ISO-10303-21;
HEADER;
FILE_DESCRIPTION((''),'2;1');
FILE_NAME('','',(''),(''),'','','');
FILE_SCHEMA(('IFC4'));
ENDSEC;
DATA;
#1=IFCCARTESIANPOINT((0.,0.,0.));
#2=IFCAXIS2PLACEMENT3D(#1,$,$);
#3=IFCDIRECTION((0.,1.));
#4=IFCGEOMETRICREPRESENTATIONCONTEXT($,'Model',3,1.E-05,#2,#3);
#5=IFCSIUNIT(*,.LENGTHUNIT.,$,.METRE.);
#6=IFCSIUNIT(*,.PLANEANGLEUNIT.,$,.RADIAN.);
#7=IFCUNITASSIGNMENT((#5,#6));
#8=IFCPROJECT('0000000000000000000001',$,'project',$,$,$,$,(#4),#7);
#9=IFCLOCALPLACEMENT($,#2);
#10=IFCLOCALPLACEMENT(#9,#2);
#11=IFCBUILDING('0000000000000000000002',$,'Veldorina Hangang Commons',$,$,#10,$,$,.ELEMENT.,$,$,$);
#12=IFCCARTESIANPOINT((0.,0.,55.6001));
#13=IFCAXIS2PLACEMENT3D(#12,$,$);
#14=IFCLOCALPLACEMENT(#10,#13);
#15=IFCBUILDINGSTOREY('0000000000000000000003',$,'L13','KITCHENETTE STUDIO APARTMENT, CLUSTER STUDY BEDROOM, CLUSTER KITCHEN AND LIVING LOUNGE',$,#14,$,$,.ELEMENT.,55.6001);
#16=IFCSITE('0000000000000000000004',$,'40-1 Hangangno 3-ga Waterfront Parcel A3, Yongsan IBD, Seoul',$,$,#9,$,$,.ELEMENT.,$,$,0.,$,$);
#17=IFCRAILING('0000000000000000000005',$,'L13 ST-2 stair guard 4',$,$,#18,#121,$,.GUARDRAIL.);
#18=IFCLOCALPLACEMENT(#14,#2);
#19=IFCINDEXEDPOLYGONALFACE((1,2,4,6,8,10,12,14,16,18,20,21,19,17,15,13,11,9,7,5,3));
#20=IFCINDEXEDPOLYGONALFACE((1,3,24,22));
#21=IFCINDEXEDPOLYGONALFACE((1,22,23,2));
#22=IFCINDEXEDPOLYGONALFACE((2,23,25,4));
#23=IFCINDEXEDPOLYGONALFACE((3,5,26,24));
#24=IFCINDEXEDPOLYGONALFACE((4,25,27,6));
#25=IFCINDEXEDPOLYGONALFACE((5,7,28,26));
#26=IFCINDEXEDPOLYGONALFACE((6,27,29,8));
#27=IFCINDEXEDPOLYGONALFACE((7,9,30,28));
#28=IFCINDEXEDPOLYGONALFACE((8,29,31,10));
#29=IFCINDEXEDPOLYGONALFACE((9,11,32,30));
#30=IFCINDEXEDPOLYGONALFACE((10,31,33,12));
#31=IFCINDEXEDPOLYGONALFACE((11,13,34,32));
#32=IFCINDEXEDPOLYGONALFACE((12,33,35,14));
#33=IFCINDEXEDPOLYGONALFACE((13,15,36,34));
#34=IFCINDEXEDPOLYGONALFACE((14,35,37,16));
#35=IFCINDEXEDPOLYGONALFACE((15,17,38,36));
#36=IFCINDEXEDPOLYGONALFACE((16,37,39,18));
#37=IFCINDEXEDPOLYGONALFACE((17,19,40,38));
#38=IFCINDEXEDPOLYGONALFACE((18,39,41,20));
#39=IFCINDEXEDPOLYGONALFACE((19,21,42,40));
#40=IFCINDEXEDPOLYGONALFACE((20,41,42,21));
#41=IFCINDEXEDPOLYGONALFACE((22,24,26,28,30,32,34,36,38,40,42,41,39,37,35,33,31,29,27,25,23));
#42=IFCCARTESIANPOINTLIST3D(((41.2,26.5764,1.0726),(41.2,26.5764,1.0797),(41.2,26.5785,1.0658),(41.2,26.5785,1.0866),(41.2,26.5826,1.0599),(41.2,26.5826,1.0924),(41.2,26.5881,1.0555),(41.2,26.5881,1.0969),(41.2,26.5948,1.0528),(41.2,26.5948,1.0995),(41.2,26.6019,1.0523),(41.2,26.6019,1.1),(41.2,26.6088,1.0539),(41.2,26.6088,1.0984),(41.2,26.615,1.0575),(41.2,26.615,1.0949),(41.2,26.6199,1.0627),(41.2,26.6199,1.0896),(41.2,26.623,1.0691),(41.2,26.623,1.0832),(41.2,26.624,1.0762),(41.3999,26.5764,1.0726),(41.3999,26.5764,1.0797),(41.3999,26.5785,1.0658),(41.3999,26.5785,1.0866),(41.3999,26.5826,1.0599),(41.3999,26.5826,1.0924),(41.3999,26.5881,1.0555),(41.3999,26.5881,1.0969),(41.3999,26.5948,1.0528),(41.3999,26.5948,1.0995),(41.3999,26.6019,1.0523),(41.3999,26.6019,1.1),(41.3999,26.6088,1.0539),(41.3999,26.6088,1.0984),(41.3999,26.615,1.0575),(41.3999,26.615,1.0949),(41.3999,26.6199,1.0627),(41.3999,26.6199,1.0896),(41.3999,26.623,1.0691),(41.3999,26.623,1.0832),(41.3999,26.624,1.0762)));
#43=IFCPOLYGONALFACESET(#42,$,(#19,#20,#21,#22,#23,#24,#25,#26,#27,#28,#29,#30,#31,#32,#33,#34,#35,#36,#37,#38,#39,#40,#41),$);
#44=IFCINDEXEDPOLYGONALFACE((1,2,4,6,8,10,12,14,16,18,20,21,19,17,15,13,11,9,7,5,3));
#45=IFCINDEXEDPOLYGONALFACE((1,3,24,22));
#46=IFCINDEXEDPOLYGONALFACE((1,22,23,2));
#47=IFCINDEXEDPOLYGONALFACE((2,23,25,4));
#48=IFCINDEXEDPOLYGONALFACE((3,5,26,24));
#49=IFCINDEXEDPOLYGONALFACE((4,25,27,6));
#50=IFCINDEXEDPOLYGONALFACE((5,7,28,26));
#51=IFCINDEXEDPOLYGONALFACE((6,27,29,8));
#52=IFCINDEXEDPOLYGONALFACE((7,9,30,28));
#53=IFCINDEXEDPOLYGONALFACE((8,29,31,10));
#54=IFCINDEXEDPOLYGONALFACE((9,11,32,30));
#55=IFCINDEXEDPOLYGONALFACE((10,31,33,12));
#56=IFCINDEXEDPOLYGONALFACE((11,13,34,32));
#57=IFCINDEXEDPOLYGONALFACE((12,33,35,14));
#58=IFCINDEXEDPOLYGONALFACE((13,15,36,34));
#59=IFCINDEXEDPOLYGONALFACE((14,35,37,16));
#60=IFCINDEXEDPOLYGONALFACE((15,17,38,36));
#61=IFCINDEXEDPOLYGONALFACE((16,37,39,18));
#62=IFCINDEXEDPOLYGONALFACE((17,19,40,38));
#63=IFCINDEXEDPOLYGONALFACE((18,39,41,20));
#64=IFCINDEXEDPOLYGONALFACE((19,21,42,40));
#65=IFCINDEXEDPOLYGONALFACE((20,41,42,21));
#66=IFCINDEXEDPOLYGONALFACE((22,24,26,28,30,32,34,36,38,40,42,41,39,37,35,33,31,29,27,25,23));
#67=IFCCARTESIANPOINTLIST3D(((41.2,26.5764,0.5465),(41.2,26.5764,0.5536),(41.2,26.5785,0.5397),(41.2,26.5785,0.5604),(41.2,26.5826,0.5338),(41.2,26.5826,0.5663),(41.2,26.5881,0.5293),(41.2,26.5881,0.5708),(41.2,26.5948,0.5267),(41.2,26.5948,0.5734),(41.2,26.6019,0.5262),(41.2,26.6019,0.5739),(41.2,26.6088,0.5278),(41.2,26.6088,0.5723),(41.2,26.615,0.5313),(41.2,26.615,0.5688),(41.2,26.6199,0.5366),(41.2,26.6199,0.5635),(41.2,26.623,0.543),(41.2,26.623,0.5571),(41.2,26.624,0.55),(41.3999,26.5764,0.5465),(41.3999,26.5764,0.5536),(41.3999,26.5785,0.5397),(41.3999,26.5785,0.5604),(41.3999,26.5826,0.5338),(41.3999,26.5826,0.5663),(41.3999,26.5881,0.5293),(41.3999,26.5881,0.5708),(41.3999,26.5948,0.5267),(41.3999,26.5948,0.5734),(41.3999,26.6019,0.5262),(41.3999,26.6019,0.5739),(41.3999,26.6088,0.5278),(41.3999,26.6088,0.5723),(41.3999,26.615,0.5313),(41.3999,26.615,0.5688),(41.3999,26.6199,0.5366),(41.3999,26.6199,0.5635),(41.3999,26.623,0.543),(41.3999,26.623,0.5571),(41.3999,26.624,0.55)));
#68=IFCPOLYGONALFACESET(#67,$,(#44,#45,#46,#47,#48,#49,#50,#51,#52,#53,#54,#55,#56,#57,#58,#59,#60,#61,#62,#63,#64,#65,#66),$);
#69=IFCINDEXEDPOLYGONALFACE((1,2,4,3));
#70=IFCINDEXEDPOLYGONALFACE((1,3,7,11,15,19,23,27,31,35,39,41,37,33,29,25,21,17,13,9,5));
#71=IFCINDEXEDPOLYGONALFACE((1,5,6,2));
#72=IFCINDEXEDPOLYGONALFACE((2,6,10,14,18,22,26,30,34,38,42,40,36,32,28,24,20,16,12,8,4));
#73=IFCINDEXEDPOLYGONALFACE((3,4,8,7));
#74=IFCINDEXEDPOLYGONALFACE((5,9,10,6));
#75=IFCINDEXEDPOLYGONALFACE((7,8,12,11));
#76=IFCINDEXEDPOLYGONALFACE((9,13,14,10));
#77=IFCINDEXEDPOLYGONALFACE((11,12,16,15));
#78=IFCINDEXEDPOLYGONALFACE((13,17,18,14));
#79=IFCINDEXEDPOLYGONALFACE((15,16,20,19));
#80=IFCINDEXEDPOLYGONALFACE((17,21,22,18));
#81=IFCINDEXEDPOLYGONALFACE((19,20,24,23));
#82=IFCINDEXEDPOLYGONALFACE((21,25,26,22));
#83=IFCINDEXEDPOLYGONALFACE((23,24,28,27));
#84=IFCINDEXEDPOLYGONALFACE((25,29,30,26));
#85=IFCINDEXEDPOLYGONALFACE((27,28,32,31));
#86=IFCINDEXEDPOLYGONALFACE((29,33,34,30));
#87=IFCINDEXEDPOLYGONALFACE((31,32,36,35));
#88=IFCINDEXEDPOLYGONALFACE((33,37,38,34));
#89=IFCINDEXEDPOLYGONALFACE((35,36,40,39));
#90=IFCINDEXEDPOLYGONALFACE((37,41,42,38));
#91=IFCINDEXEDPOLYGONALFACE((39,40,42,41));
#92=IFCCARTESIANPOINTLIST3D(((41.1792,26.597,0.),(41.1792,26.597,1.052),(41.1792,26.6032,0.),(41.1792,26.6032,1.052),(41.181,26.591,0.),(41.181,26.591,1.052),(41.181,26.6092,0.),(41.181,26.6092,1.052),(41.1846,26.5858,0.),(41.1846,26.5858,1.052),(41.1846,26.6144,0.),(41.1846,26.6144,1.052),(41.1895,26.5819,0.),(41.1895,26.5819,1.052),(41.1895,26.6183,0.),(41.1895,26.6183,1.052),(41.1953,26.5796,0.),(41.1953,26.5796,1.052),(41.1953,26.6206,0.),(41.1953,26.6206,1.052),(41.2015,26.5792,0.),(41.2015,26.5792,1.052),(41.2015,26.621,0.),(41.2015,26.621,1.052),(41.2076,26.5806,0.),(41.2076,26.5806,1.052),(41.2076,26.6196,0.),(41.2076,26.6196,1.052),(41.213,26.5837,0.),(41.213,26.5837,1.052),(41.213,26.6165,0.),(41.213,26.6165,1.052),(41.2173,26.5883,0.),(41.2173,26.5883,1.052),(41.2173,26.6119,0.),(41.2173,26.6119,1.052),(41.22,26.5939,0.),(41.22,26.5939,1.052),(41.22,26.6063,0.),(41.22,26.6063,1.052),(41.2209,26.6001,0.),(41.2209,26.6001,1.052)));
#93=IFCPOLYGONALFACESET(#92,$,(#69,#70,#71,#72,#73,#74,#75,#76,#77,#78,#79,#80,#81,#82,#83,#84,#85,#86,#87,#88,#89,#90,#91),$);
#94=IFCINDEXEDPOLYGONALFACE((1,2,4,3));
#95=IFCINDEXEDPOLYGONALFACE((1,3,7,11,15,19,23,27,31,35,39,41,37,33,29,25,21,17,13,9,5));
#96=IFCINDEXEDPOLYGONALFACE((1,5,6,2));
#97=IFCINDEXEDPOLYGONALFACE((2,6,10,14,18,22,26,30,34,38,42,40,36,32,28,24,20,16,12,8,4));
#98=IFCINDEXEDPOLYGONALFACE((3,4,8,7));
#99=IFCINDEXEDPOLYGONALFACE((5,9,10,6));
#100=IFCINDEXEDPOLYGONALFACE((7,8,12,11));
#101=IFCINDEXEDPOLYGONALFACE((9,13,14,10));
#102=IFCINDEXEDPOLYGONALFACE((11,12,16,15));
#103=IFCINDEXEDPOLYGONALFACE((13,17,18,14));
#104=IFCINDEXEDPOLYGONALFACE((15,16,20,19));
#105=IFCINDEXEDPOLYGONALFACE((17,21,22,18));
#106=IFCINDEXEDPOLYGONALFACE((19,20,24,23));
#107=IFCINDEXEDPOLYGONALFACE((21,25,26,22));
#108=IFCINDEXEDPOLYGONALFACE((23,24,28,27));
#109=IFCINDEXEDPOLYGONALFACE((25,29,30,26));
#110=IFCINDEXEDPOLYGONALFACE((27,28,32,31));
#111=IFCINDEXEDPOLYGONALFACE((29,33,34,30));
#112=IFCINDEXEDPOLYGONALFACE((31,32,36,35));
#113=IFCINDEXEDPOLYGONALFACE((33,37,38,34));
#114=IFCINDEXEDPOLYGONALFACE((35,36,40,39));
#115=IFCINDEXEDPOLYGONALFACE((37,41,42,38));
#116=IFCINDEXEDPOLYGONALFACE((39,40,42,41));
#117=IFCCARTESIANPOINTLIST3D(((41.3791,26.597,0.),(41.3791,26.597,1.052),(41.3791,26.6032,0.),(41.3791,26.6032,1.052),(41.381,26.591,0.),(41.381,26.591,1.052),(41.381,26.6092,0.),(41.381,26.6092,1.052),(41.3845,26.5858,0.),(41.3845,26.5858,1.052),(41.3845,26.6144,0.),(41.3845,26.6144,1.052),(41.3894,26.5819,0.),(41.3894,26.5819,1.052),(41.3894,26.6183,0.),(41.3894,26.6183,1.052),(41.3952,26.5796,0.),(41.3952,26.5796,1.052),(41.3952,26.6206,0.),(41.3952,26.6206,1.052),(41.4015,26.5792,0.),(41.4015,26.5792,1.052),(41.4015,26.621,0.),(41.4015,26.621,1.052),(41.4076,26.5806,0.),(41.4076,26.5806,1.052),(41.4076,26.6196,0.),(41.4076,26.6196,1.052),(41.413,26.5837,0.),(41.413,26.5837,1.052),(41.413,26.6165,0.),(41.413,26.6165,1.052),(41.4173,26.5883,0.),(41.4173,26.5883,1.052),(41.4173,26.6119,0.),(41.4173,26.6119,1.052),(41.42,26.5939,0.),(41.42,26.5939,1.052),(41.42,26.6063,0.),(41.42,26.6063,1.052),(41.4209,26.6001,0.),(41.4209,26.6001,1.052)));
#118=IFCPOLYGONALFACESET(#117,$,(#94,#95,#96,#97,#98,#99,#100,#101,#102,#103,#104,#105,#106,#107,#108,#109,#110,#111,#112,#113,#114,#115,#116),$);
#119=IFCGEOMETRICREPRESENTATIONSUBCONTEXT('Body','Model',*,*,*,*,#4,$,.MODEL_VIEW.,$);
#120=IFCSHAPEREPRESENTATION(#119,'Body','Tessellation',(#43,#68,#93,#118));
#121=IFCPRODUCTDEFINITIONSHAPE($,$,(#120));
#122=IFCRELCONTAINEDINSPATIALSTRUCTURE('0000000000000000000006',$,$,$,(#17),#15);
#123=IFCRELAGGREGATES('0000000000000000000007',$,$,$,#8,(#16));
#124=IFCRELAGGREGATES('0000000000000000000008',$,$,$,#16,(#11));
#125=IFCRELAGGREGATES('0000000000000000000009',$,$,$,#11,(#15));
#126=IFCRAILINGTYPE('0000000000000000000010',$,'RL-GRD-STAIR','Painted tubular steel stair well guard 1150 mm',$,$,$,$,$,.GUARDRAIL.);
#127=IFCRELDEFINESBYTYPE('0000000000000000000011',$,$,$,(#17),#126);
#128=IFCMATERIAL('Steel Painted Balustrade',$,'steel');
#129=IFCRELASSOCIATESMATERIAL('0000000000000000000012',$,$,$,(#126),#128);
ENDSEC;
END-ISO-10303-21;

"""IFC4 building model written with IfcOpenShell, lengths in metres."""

from ifc_helpers import new_model, si_unit, direction, frame, origin, origin_2d, place, context, subcontext, project, spatial, circle, extrude, material, type_object, element, save


model = new_model("IFC4")

# Units and contexts
model_context = context("Model", 3, precision=1e-05, world=origin(), true_north=direction((0.0, 1.0)))
body_context = subcontext(model_context, "Body", "Model", "MODEL_VIEW")
ifc_project = project(units=[si_unit("LENGTHUNIT", "METRE"), si_unit("PLANEANGLEUNIT", "RADIAN")], contexts=[model_context])

# Site, building, storey
site_placement = place(None, origin())
site = spatial("IfcSite", under=ifc_project, at=site_placement, Name="40-1 Hangangno 3-ga Waterfront Parcel A3, Yongsan IBD, Seoul", CompositionType="ELEMENT", RefElevation=0.0)
building_placement = place(site_placement, origin())
building = spatial("IfcBuilding", under=site, at=building_placement, Name="Veldorina Hangang Commons", CompositionType="ELEMENT")
storey_placement = place(building_placement, frame((0.0, 0.0, 55.6001)))
storey = spatial("IfcBuildingStorey", under=building, at=storey_placement, Name="L13", Description="KITCHENETTE STUDIO APARTMENT, CLUSTER STUDY BEDROOM, CLUSTER KITCHEN AND LIVING LOUNGE", CompositionType="ELEMENT", Elevation=55.6001)

# Railing
ifc_material_1 = material(Name="Steel Painted Balustrade", Category="steel")
railing_type_1 = type_object("IfcRailingType", Name="RL-GRD-STAIR", Description="Painted tubular steel stair well guard 1150 mm", PredefinedType="GUARDRAIL", material=ifc_material_1)
railing_1_placement = place(storey_placement, frame((41.2, 26.6001, 0.0)))
element("IfcRailing", 1, at=railing_1_placement, inside=storey, type_object=railing_type_1, Name="L13 ST-2 stair guard 4", PredefinedType="GUARDRAIL", context=body_context, shape_type="SweptSolid", body=[
    extrude(circle(Radius=0.0239, at=origin_2d()), frame((0.0, 0.0, 1.0762), z_axis=(1.0, 0.0, 0.0), x_axis=(0.0, 1.0, 0.0)), (0.0, 0.0, 1.0), 0.2),
    extrude(circle(Radius=0.0239, at=origin_2d()), frame((0.0, 0.0, 0.55), z_axis=(1.0, 0.0, 0.0), x_axis=(0.0, 1.0, 0.0)), (0.0, 0.0, 1.0), 0.2),
    extrude(circle(Radius=0.021, at=origin_2d()), origin(), (0.0, 0.0, 1.0), 1.052),
    extrude(circle(Radius=0.021, at=origin_2d()), frame((0.2, 0.0, 0.0)), (0.0, 0.0, 1.0), 1.052),
])

save(model, "model.ifc")
